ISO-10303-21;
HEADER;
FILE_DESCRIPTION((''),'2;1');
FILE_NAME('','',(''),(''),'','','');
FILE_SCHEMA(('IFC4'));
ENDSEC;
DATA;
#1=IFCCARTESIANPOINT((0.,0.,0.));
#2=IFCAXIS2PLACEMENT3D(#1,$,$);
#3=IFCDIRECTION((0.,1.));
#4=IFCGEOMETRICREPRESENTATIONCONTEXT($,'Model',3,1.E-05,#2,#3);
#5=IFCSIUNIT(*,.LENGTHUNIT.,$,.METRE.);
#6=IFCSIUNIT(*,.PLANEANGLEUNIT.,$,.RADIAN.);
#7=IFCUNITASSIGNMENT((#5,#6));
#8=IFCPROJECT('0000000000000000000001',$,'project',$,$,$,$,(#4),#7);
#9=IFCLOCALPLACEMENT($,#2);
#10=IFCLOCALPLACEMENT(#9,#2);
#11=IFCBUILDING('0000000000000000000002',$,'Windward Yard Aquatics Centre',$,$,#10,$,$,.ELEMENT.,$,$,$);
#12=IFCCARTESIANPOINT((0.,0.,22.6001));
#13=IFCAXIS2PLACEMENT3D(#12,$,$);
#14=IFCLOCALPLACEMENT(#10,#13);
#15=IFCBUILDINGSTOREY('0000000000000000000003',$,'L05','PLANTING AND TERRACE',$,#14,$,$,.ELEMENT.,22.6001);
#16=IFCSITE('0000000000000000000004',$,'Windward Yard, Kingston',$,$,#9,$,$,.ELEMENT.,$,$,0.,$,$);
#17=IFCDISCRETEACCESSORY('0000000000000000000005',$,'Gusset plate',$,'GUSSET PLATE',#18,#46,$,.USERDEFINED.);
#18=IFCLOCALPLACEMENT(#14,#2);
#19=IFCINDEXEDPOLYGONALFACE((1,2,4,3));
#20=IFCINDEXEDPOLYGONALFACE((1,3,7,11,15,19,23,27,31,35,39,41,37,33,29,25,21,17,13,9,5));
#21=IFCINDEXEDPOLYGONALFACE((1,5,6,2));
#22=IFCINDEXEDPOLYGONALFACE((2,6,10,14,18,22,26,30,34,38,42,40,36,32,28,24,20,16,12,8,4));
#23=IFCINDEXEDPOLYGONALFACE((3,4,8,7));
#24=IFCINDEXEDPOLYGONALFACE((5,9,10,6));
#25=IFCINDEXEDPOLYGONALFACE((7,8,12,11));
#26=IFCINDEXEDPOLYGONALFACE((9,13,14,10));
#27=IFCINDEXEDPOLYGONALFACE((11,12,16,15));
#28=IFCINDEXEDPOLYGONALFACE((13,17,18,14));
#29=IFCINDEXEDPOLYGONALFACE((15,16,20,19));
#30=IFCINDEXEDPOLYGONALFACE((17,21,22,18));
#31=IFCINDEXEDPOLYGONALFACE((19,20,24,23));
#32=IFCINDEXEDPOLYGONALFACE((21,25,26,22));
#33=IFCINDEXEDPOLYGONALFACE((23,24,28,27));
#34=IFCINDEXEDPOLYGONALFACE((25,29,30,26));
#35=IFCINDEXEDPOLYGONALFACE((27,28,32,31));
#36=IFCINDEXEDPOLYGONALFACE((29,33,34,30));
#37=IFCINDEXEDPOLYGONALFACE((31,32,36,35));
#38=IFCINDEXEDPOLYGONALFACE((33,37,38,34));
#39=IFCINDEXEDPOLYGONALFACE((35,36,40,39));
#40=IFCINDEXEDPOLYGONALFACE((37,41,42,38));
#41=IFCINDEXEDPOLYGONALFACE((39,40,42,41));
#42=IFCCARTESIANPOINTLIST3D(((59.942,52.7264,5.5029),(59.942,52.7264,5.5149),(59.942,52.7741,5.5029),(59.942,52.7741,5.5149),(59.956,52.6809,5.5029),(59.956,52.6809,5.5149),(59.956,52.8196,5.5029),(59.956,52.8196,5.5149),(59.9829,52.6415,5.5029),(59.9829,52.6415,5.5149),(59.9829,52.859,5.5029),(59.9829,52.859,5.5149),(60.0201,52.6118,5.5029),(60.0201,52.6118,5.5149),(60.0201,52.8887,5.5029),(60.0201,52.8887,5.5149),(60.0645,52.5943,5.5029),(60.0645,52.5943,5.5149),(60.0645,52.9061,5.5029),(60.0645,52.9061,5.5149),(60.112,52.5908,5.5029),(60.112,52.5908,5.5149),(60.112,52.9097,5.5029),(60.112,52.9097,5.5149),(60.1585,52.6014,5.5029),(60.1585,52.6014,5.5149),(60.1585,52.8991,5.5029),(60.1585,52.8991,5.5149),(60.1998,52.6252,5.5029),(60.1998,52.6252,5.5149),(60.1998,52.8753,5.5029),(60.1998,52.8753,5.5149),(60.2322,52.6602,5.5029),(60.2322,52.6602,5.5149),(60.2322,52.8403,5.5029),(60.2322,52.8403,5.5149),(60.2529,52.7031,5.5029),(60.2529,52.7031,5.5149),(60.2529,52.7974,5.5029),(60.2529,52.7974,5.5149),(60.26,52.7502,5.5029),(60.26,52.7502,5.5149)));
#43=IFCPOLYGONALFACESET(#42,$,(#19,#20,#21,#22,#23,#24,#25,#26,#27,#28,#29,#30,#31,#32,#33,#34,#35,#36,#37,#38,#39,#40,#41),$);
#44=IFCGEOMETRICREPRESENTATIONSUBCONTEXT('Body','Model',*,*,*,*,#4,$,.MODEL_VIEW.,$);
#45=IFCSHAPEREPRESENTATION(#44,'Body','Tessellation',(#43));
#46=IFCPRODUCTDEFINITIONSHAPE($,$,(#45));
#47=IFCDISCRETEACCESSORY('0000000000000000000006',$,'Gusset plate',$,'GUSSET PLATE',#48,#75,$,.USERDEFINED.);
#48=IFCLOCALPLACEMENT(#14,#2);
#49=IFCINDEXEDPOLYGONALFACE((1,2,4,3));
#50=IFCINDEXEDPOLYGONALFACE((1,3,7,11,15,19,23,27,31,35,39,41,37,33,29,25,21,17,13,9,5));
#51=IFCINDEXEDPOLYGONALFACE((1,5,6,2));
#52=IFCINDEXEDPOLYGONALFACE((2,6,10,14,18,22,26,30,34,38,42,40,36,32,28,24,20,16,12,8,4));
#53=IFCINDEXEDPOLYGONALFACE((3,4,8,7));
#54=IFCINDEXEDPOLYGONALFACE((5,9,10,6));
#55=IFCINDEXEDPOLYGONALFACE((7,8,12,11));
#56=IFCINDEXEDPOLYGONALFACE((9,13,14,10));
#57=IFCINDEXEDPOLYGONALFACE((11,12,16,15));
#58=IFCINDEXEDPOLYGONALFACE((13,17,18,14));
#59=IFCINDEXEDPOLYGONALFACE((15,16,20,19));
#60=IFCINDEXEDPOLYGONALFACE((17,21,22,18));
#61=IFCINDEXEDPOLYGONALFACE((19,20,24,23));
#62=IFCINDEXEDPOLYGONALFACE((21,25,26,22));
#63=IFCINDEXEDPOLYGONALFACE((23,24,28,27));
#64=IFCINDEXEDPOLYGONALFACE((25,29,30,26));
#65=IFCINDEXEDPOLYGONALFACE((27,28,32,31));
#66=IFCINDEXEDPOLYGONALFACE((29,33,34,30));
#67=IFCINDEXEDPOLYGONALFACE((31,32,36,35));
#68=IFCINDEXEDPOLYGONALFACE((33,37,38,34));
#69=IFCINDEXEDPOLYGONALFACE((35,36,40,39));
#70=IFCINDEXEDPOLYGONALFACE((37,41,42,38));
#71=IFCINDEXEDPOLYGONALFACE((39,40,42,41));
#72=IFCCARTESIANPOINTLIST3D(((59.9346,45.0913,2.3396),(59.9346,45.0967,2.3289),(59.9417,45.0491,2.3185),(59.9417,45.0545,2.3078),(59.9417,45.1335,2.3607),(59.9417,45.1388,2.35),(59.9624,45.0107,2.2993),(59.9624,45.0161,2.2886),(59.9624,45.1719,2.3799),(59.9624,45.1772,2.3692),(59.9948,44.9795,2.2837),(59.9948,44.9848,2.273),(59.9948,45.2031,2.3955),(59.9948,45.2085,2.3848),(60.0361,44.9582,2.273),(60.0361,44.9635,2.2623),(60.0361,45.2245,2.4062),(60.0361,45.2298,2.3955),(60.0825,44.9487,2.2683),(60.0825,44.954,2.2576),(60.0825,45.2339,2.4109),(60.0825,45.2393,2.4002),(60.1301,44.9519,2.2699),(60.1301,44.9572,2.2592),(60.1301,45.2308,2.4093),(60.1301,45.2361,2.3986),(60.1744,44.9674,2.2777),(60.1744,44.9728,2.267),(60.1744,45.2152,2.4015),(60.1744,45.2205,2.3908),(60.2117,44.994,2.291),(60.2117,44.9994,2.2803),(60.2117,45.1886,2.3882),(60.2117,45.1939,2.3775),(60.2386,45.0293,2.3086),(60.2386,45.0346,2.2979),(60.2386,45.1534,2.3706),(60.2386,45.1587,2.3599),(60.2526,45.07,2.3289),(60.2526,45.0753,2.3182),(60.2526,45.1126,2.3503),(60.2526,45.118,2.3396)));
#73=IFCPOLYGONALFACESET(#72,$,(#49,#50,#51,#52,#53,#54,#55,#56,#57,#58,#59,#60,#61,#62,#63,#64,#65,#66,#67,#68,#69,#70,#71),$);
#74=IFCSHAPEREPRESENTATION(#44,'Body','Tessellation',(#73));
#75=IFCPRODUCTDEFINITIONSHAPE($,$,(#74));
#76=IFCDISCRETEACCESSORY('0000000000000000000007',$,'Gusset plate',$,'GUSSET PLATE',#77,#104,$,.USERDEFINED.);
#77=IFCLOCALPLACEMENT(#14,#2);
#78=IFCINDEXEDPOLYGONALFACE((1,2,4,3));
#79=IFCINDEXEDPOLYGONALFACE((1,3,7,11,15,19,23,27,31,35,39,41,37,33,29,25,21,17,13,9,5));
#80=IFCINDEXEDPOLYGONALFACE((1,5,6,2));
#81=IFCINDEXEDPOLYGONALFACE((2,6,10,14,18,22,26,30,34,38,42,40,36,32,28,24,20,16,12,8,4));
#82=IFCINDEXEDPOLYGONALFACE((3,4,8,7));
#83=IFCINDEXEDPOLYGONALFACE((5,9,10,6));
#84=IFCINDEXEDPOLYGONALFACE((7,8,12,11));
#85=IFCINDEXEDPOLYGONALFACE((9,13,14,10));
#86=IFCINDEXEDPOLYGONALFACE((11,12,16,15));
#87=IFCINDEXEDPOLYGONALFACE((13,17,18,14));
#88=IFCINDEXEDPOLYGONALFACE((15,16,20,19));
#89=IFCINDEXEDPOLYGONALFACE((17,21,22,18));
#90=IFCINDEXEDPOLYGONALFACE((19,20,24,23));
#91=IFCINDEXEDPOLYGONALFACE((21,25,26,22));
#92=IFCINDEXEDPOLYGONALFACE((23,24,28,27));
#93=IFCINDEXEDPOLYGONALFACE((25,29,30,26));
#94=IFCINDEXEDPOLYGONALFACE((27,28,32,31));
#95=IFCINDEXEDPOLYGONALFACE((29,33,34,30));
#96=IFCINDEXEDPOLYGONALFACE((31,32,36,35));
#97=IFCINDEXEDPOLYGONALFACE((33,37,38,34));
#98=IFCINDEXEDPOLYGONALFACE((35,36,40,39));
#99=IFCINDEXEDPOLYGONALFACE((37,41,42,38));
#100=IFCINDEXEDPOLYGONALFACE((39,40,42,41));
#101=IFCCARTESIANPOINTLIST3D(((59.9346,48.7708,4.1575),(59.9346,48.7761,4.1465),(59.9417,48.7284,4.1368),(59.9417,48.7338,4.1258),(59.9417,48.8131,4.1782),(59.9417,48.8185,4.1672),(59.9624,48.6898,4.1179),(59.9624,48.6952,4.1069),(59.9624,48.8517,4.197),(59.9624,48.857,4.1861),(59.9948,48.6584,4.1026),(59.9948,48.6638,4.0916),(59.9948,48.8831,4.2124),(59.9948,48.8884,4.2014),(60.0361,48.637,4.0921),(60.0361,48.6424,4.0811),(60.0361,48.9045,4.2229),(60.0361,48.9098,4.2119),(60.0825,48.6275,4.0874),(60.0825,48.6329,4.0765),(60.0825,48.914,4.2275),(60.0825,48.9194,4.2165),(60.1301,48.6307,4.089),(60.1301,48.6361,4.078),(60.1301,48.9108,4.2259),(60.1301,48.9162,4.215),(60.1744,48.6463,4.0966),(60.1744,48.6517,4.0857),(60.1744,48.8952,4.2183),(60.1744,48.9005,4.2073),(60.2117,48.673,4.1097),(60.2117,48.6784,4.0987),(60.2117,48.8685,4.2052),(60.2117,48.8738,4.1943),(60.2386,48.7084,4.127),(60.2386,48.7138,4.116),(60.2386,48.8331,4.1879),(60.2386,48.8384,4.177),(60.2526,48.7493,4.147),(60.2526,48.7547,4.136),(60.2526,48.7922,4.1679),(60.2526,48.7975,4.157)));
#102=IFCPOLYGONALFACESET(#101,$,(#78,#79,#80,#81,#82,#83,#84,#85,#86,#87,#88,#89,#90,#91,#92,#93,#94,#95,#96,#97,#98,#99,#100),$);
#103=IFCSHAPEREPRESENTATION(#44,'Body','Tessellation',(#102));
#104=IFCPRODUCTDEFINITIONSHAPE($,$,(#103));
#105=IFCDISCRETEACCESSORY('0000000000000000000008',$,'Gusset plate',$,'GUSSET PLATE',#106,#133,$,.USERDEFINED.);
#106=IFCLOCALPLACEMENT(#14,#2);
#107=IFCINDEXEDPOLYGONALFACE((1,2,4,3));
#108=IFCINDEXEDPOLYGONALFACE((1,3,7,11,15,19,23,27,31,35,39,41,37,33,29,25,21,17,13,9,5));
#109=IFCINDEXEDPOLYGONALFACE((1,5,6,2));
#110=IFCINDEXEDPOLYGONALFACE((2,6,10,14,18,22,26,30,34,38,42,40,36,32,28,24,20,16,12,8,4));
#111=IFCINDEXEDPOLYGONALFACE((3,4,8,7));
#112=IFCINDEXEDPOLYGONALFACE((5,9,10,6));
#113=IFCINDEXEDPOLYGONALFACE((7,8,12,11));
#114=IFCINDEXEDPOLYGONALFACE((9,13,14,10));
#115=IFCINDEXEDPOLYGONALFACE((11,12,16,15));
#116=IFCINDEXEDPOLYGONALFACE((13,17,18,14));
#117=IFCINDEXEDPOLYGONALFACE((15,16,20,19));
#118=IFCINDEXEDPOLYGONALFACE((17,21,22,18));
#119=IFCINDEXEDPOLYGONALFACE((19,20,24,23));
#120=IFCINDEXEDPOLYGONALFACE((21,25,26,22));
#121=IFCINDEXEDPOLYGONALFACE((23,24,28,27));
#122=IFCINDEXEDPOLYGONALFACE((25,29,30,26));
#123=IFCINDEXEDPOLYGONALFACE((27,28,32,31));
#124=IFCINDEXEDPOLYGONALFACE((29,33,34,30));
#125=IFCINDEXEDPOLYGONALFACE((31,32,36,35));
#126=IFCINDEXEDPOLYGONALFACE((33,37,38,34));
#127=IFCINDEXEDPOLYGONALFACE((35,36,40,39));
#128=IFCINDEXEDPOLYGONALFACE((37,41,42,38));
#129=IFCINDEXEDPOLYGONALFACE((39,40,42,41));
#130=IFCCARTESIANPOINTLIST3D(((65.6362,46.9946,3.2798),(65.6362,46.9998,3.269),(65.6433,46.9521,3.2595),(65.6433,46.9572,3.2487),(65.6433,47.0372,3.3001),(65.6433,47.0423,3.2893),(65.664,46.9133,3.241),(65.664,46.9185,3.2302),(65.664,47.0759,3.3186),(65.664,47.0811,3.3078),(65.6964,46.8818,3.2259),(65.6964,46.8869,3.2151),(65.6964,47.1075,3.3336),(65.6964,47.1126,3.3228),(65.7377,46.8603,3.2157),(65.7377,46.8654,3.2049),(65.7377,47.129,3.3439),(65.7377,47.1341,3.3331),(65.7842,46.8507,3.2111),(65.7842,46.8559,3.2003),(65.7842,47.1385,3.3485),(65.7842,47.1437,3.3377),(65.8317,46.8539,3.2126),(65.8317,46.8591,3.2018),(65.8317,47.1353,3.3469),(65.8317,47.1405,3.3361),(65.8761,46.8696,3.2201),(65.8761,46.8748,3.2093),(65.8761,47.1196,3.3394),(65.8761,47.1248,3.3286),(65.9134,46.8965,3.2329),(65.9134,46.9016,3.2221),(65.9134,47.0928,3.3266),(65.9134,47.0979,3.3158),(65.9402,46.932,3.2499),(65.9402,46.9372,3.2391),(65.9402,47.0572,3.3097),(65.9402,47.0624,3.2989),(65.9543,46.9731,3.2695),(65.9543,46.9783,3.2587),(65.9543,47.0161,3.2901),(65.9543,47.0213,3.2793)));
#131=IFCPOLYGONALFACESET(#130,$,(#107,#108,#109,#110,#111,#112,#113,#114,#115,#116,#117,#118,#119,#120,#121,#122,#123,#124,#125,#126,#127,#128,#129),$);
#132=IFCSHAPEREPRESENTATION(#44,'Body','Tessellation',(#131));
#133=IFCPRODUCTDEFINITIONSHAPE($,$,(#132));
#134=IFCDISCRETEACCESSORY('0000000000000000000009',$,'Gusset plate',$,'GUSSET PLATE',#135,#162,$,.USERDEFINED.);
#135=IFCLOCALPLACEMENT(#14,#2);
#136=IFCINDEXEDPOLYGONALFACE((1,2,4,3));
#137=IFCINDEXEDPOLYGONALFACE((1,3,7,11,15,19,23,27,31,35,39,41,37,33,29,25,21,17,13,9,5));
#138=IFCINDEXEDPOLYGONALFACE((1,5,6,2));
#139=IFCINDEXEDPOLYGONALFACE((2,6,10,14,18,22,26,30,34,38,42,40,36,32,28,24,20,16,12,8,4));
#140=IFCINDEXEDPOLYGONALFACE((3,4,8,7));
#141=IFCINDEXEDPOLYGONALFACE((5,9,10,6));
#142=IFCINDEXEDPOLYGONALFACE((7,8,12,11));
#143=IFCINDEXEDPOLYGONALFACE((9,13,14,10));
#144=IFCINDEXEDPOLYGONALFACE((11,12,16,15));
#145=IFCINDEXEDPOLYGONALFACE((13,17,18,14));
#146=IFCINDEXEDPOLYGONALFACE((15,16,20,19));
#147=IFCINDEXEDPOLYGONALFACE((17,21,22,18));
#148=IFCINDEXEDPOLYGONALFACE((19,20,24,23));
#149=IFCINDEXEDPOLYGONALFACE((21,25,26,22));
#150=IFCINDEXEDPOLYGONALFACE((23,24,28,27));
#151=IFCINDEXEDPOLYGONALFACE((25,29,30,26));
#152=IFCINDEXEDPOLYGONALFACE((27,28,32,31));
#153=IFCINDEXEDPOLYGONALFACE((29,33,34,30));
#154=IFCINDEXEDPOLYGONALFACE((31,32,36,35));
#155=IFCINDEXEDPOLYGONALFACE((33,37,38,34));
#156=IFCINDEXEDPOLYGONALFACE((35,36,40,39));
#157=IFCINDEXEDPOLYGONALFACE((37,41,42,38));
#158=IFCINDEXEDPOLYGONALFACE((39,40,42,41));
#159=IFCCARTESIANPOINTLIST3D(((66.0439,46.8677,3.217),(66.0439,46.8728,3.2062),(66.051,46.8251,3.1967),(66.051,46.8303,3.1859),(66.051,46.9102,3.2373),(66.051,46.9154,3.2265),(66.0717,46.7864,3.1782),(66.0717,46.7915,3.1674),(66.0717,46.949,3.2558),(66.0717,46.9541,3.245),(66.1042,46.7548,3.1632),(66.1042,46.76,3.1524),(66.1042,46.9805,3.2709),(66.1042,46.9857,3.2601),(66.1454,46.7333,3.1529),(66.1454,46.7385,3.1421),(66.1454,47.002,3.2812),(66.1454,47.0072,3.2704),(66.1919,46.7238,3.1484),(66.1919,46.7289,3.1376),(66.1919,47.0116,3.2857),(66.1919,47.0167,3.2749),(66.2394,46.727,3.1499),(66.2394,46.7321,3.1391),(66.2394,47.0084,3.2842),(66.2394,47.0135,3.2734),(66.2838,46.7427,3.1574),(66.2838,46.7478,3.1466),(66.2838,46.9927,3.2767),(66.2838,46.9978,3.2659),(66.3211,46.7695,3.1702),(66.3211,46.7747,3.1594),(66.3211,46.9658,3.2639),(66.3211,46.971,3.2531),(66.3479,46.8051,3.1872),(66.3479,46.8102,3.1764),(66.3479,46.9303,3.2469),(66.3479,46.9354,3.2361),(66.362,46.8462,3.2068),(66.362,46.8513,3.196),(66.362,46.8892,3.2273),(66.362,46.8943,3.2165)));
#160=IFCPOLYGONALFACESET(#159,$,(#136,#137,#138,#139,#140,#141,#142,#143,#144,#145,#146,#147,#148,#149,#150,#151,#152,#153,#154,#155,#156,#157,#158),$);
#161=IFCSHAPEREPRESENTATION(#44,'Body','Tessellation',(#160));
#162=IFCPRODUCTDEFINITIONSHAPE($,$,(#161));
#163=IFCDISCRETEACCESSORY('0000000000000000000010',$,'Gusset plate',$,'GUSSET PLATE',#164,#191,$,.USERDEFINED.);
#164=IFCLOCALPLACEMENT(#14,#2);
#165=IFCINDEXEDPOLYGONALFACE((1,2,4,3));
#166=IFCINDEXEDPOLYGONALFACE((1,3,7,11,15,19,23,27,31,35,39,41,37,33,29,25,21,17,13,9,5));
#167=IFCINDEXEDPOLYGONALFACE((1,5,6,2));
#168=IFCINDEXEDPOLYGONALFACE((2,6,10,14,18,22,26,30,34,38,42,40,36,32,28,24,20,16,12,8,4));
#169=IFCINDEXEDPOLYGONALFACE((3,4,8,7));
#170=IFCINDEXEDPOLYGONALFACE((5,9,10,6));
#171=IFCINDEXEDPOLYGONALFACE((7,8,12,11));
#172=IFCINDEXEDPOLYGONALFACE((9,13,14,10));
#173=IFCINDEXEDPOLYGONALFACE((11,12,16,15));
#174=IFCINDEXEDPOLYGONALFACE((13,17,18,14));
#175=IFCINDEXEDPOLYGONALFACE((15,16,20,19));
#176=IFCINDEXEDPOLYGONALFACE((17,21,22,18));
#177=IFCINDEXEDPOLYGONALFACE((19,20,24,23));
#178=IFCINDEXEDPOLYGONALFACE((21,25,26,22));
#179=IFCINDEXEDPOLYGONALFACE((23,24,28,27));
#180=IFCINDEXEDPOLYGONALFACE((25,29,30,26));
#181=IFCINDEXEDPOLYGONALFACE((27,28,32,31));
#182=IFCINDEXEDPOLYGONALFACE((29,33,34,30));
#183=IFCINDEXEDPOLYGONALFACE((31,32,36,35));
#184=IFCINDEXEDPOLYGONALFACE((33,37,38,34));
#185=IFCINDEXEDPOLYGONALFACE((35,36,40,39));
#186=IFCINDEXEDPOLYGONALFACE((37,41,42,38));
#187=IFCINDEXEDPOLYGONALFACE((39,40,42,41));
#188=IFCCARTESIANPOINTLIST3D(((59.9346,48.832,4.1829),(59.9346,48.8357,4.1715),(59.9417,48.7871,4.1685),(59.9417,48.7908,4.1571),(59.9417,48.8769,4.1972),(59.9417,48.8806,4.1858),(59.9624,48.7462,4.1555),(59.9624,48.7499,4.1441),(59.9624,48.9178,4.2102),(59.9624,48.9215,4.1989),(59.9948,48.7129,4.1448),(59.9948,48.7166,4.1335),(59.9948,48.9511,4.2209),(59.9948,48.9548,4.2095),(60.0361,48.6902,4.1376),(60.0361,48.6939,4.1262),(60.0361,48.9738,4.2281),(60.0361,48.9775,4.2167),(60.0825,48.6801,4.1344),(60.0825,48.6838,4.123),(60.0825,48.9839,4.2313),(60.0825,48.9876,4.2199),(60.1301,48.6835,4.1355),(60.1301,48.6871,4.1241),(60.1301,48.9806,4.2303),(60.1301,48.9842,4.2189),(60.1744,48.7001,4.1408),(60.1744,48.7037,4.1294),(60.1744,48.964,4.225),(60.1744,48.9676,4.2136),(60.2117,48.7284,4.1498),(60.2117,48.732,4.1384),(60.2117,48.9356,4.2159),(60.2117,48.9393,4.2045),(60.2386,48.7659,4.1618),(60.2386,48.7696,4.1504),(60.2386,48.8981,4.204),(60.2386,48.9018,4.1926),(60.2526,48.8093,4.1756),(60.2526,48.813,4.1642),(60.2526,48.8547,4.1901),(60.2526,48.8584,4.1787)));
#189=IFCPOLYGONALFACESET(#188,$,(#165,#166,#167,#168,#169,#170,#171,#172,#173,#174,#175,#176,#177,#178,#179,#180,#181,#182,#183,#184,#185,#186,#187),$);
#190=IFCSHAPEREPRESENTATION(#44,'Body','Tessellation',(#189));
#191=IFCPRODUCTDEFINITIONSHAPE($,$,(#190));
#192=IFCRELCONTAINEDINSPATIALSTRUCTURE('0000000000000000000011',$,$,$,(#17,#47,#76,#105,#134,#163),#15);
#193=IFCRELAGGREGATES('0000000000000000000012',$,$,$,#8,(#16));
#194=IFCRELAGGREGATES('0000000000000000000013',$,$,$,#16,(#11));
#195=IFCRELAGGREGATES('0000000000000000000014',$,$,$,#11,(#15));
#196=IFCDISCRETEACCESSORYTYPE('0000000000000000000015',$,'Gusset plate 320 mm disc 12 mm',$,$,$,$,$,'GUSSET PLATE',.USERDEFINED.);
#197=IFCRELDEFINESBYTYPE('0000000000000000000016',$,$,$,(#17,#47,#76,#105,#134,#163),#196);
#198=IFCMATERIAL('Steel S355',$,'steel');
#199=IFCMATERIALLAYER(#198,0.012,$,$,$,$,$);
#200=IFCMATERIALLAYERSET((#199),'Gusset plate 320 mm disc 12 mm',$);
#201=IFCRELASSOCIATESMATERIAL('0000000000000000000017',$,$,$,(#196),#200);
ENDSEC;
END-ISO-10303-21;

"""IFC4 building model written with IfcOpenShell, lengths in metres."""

from ifc_helpers import new_model, si_unit, direction, frame, origin, origin_2d, place, context, subcontext, project, spatial, circle, extrude, material, layer, layer_set, type_object, element, save


model = new_model("IFC4")

# Units and contexts
model_context = context("Model", 3, precision=1e-05, world=origin(), true_north=direction((0.0, 1.0)))
body_context = subcontext(model_context, "Body", "Model", "MODEL_VIEW")
ifc_project = project(units=[si_unit("LENGTHUNIT", "METRE"), si_unit("PLANEANGLEUNIT", "RADIAN")], contexts=[model_context])

# Site, building, storey
site_placement = place(None, origin())
site = spatial("IfcSite", under=ifc_project, at=site_placement, Name="Windward Yard, Kingston", CompositionType="ELEMENT", RefElevation=0.0)
building_placement = place(site_placement, origin())
building = spatial("IfcBuilding", under=site, at=building_placement, Name="Windward Yard Aquatics Centre", CompositionType="ELEMENT")
storey_placement = place(building_placement, frame((0.0, 0.0, 22.6001)))
storey = spatial("IfcBuildingStorey", under=building, at=storey_placement, Name="L05", Description="PLANTING AND TERRACE", CompositionType="ELEMENT", Elevation=22.6001)

# Discrete accessories
ifc_material_1 = material(Name="Steel S355", Category="steel")
ifc_layer = layer(ifc_material_1, 0.012)
ifc_layer_set = layer_set([ifc_layer], Name="Gusset plate 320 mm disc 12 mm")
discrete_accessory_type = type_object("IfcDiscreteAccessoryType", Name="Gusset plate 320 mm disc 12 mm", ElementType="GUSSET PLATE", PredefinedType="USERDEFINED", material=ifc_layer_set)
for number, where, z_axis, x_axis, name in (
    (1, (60.1001, 52.7502, 5.5029), (0.0, 0.0, 1.0), (1.0, 0.0, 0.0), "Gusset plate"),
    (2, (60.0945, 45.0913, 2.3396), (0.0, 0.447214, -0.894427), (-1.0, 0.0, 0.0), "Gusset plate"),
):
    element("IfcDiscreteAccessory", number, at=place(storey_placement, frame(where, z_axis=z_axis, x_axis=x_axis)), inside=storey, type_object=discrete_accessory_type, Name=name, ObjectType="GUSSET PLATE", PredefinedType="USERDEFINED", context=body_context, shape_type="SweptSolid", body=[
        extrude(circle(Radius=0.1599, at=origin_2d()), origin(), (0.0, 0.0, 1.0), 0.012),
    ])
discrete_accessory_1_placement = place(storey_placement, frame((60.0945, 48.7708, 4.1575), z_axis=(0.0, 0.43921, -0.898384), x_axis=(-1.0, 0.0, 0.0)))
element("IfcDiscreteAccessory", 3, at=discrete_accessory_1_placement, inside=storey, type_object=discrete_accessory_type, Name="Gusset plate", ObjectType="GUSSET PLATE", PredefinedType="USERDEFINED", context=body_context, shape_type="SweptSolid", body=[
    extrude(circle(Radius=0.1599, at=origin_2d()), origin(), (0.0, 0.0, 1.0), 0.0122),
])
for number, where, z_axis, x_axis, name in (
    (4, (65.7961, 46.9946, 3.2798), (0.0, 0.43073, -0.902481), (-1.0, 0.0, 0.0), "Gusset plate"),
    (5, (66.2039, 46.8677, 3.217), (0.0, 0.43073, -0.902481), (-1.0, 0.0, 0.0), "Gusset plate"),
    (6, (60.0945, 48.832, 4.1829), (0.0, 0.30404, -0.952659), (-1.0, 0.0, 0.0), "Gusset plate"),
):
    element("IfcDiscreteAccessory", number, at=place(storey_placement, frame(where, z_axis=z_axis, x_axis=x_axis)), inside=storey, type_object=discrete_accessory_type, Name=name, ObjectType="GUSSET PLATE", PredefinedType="USERDEFINED", context=body_context, shape_type="SweptSolid", body=[
        extrude(circle(Radius=0.1599, at=origin_2d()), origin(), (0.0, 0.0, 1.0), 0.012),
    ])

save(model, "model.ifc")
